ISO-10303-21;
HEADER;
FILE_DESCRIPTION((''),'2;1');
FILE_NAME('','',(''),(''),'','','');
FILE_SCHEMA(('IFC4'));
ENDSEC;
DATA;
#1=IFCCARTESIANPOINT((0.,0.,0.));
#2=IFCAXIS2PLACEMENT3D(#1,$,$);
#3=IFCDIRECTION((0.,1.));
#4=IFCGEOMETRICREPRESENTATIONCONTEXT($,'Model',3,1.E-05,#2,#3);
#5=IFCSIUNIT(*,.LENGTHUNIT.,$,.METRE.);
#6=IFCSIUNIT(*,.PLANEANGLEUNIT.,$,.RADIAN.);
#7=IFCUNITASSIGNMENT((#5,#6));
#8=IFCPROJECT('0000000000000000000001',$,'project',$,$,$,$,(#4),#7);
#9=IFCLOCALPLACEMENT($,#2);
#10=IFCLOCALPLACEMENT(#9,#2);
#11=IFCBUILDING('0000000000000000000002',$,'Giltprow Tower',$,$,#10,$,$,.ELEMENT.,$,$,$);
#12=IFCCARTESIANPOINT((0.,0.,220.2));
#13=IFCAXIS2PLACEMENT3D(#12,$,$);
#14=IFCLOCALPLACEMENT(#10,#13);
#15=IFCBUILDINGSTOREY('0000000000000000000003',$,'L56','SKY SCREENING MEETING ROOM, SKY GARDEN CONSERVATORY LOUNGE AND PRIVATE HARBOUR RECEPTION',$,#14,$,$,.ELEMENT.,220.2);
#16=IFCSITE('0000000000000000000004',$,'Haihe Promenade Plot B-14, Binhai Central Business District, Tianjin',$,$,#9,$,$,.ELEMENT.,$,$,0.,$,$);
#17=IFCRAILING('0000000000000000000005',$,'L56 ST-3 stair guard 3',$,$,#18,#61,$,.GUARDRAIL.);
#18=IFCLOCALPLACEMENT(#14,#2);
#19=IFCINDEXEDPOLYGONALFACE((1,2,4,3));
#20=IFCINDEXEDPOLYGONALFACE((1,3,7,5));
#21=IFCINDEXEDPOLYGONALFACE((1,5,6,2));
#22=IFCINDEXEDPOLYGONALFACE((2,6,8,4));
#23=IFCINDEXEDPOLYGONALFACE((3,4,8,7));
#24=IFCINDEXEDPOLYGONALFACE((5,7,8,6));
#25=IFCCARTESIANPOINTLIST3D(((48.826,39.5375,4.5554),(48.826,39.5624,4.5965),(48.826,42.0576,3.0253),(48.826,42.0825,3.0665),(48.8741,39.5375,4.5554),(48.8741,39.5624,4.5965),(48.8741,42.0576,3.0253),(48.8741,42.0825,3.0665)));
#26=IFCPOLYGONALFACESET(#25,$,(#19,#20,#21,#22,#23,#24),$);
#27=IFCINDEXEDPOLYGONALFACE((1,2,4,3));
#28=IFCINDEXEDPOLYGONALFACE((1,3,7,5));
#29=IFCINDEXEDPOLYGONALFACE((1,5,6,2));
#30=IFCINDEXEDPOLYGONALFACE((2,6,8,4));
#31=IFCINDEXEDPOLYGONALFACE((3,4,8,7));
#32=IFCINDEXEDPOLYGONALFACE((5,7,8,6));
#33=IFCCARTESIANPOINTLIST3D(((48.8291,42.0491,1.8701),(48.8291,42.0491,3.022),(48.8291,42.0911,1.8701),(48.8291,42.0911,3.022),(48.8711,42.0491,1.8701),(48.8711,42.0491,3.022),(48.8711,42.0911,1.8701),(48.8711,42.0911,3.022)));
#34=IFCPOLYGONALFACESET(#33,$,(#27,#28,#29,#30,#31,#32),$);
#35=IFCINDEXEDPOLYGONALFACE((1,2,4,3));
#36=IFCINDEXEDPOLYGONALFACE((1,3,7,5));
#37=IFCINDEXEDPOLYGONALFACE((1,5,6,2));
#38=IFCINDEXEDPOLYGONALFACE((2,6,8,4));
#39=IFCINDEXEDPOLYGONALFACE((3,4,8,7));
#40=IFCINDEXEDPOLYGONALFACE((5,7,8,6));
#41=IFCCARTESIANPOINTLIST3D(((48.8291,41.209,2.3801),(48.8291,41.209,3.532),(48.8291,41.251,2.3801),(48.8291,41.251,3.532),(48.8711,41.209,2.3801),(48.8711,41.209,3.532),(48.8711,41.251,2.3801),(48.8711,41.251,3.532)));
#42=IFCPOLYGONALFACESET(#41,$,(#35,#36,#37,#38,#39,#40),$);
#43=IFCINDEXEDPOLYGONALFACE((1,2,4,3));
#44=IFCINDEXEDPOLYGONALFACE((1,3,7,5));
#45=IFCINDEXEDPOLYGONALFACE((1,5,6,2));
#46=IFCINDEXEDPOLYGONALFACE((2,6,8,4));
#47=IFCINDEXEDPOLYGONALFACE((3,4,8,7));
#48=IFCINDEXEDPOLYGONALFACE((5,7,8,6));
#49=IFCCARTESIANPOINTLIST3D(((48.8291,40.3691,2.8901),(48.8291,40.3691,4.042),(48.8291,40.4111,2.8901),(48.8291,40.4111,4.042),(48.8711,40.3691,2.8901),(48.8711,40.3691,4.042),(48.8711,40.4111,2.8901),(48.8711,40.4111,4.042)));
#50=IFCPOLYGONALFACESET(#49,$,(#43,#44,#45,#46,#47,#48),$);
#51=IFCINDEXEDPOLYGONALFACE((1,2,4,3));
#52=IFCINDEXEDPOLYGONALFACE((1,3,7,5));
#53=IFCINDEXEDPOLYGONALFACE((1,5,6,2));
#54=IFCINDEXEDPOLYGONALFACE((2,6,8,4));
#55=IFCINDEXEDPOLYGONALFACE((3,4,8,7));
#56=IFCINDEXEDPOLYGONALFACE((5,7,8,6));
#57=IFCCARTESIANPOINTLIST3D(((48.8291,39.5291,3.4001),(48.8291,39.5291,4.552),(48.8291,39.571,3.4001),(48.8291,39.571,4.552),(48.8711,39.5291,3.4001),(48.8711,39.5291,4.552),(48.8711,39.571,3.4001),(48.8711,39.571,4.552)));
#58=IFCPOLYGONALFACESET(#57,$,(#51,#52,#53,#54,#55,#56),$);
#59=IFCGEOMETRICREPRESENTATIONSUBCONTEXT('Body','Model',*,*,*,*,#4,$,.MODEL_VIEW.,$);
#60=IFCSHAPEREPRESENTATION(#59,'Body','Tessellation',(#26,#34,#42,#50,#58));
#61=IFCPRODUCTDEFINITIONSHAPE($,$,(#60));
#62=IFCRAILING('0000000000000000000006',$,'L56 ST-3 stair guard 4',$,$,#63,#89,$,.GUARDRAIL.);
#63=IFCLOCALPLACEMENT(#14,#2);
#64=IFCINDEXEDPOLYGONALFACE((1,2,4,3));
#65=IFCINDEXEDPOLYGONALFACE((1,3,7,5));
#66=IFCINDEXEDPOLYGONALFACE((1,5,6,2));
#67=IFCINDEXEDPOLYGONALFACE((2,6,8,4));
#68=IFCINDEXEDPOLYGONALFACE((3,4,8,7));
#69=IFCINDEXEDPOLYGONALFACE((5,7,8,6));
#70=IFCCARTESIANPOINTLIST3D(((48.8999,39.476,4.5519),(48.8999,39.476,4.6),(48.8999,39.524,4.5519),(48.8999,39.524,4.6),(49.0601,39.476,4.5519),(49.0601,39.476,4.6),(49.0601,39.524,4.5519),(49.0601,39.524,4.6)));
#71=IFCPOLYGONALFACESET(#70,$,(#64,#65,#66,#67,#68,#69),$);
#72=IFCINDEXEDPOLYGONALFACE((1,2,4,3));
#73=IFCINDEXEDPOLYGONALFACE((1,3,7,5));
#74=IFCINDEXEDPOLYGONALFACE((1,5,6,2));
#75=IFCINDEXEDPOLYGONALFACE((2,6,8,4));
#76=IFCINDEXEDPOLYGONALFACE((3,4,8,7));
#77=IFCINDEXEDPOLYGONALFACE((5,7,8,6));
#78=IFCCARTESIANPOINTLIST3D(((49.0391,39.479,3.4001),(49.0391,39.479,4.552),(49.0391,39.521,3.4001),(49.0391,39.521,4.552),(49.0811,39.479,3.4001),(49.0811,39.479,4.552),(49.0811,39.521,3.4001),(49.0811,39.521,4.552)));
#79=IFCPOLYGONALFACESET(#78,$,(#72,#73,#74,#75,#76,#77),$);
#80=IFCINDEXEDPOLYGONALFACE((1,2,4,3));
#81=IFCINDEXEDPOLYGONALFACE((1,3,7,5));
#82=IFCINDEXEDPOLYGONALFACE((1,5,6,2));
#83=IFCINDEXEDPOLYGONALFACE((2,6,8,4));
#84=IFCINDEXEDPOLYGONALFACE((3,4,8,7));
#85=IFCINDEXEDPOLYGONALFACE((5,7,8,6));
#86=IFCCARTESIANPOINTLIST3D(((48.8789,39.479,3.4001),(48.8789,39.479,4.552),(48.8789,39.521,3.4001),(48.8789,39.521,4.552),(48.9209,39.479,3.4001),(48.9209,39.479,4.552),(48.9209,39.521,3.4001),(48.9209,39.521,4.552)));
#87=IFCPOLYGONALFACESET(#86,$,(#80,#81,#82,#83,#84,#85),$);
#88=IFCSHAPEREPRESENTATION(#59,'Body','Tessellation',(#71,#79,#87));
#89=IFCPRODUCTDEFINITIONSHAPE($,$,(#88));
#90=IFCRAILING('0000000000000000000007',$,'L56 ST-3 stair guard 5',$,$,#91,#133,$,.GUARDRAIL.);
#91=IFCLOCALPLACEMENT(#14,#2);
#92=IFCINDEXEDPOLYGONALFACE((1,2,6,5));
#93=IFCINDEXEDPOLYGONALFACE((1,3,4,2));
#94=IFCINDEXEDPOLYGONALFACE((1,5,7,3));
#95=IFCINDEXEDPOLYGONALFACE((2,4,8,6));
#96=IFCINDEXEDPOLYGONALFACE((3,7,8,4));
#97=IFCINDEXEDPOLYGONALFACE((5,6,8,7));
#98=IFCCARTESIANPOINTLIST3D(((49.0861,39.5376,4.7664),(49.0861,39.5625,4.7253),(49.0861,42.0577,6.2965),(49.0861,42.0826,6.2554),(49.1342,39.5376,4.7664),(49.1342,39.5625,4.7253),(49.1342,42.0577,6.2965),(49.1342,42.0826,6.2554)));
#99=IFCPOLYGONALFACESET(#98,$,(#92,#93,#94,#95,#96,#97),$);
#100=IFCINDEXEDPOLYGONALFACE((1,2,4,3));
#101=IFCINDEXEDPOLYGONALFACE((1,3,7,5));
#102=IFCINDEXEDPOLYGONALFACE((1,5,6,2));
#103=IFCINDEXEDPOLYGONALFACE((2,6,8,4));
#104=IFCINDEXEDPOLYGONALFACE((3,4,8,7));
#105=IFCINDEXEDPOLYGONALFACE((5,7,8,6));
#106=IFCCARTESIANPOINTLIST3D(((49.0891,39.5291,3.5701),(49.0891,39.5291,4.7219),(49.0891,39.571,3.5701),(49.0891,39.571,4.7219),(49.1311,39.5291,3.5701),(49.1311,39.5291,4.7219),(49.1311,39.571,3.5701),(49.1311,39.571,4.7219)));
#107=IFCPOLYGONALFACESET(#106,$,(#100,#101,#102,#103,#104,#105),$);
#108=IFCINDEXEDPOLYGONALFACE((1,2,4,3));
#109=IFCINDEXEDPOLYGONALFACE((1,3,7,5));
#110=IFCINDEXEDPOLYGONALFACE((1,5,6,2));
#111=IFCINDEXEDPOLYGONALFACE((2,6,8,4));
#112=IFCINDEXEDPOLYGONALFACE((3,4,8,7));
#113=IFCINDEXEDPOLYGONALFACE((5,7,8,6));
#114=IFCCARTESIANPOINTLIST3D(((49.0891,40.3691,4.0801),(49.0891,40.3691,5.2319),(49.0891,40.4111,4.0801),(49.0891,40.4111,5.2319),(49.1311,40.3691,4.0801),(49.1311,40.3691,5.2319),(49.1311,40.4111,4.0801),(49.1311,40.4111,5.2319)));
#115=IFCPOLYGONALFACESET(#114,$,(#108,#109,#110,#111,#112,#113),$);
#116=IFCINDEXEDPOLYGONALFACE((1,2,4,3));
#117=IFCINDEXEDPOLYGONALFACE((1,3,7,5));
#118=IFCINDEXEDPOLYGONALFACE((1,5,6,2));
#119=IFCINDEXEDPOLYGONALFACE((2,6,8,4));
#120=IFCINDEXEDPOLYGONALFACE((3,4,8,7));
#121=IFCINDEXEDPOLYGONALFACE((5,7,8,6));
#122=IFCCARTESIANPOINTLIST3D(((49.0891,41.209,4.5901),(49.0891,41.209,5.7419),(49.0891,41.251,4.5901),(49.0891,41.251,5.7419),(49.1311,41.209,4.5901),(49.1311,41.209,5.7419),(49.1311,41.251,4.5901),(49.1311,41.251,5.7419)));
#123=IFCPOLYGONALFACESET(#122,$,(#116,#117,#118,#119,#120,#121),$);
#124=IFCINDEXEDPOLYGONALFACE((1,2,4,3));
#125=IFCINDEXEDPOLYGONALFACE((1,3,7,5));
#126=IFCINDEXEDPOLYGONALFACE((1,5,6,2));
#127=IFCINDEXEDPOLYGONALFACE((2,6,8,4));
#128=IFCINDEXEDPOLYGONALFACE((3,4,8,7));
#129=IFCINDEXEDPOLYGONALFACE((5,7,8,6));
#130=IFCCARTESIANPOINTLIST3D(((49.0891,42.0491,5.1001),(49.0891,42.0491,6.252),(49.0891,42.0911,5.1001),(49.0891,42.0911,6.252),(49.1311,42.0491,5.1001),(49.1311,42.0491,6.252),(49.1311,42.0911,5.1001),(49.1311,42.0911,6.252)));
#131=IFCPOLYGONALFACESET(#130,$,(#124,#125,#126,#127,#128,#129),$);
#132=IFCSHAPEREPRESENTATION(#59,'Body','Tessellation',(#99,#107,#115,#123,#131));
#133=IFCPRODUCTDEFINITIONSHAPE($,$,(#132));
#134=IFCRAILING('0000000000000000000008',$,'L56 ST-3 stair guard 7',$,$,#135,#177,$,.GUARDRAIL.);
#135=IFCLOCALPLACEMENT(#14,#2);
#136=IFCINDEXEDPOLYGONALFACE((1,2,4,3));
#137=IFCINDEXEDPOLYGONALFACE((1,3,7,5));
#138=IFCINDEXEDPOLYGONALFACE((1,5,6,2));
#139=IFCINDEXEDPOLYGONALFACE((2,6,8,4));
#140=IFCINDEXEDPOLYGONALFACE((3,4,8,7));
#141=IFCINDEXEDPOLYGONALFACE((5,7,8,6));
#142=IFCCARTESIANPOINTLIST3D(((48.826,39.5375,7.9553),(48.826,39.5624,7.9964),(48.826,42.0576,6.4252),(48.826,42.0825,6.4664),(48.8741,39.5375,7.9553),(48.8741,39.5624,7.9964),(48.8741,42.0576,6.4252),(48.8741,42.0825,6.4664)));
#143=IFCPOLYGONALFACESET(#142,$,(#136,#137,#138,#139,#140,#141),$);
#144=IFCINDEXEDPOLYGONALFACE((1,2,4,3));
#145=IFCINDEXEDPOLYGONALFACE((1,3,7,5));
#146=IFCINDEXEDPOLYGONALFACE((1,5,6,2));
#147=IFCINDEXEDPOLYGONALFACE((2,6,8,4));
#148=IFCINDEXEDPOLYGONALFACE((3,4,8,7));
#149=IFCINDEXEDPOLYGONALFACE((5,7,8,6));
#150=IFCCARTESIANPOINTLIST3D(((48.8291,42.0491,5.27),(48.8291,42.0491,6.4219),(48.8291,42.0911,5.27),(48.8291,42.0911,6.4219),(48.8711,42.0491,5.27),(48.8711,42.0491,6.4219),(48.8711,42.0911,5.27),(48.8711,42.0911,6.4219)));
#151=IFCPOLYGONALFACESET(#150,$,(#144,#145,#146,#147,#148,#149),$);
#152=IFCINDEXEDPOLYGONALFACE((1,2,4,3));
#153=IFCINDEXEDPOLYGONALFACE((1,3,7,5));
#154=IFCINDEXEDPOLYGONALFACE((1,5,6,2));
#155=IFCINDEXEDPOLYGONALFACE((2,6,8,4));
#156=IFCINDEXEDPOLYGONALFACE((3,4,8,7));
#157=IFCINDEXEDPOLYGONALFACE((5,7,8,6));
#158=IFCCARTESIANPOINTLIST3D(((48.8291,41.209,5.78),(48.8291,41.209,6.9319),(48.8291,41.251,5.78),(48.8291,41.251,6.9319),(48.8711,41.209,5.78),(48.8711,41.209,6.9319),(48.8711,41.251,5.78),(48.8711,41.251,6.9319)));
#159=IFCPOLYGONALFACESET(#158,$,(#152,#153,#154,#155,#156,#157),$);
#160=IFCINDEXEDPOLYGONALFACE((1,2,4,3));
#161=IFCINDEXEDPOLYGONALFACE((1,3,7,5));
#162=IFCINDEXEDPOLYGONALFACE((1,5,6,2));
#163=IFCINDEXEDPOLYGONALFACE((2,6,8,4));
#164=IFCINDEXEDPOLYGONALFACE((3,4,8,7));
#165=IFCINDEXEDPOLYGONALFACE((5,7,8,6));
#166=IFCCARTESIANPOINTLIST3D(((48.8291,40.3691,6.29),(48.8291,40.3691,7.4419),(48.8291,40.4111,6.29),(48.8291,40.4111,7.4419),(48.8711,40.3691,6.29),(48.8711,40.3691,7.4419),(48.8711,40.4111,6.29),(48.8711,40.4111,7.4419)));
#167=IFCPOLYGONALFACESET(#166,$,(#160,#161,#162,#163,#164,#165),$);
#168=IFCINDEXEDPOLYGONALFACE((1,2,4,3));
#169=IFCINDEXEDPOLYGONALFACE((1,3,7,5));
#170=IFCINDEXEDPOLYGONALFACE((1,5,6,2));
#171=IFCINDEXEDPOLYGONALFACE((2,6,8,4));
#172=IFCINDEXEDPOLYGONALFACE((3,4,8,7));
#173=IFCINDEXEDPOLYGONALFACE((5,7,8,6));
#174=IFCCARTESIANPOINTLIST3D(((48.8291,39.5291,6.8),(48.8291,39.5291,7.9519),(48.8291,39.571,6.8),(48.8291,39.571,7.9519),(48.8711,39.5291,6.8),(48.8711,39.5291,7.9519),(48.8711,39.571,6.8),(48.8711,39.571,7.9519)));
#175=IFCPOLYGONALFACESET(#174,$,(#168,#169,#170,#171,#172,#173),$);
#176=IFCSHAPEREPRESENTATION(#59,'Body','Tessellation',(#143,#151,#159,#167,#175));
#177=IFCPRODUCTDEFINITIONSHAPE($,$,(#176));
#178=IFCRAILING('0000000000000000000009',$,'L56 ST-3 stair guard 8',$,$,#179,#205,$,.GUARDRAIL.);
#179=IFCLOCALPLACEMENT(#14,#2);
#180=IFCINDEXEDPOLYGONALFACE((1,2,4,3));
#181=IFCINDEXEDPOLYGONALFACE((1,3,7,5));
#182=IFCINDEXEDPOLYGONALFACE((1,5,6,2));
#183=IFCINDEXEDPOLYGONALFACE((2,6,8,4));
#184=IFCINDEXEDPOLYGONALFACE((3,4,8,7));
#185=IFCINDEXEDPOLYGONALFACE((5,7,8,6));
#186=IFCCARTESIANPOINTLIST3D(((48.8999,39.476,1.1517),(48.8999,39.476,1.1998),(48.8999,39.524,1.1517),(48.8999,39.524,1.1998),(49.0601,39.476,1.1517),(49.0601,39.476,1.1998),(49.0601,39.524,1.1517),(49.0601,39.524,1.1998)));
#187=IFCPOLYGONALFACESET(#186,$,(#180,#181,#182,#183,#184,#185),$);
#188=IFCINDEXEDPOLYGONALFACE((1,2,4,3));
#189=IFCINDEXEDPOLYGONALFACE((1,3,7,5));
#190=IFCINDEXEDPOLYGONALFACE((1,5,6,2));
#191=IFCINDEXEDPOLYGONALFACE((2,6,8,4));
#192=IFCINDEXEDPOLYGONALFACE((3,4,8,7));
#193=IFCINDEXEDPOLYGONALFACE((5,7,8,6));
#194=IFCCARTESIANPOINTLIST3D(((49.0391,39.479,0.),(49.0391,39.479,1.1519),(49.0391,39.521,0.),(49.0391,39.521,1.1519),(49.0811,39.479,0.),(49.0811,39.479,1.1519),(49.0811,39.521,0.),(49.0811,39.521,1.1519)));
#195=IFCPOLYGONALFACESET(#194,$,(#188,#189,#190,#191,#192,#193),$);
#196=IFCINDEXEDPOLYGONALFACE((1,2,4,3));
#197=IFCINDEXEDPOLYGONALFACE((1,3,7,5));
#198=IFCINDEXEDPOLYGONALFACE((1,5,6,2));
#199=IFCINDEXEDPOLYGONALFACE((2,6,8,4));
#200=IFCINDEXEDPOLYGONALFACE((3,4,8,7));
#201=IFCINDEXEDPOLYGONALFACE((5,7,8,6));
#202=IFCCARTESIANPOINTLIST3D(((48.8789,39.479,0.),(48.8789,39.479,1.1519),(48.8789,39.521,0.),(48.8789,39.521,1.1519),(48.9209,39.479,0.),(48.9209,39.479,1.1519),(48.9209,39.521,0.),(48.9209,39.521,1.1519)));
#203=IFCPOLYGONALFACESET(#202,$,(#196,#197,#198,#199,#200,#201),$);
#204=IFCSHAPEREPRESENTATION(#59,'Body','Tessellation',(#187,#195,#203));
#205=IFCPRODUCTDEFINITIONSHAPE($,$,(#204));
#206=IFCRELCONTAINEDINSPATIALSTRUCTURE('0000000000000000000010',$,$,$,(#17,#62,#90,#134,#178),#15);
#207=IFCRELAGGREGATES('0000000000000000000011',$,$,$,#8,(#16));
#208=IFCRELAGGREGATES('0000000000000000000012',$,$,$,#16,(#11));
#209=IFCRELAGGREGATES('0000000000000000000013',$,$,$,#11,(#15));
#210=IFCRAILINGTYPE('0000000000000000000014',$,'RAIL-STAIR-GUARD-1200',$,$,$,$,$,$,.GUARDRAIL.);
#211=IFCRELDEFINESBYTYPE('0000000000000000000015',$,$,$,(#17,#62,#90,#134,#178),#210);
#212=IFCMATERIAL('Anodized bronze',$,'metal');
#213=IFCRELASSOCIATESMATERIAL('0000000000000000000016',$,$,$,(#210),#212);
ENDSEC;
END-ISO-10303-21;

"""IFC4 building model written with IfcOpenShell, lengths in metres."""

from ifc_helpers import new_model, si_unit, direction, frame, origin, origin_2d, place, context, subcontext, project, spatial, rectangle, extrude, material, type_object, element, save


model = new_model("IFC4")

# Units and contexts
model_context = context("Model", 3, precision=1e-05, world=origin(), true_north=direction((0.0, 1.0)))
body_context = subcontext(model_context, "Body", "Model", "MODEL_VIEW")
ifc_project = project(units=[si_unit("LENGTHUNIT", "METRE"), si_unit("PLANEANGLEUNIT", "RADIAN")], contexts=[model_context])

# Site, building, storey
site_placement = place(None, origin())
site = spatial("IfcSite", under=ifc_project, at=site_placement, Name="Haihe Promenade Plot B-14, Binhai Central Business District, Tianjin", CompositionType="ELEMENT", RefElevation=0.0)
building_placement = place(site_placement, origin())
building = spatial("IfcBuilding", under=site, at=building_placement, Name="Giltprow Tower", CompositionType="ELEMENT")
storey_placement = place(building_placement, frame((0.0, 0.0, 220.2)))
storey = spatial("IfcBuildingStorey", under=building, at=storey_placement, Name="L56", Description="SKY SCREENING MEETING ROOM, SKY GARDEN CONSERVATORY LOUNGE AND PRIVATE HARBOUR RECEPTION", CompositionType="ELEMENT", Elevation=220.2)

# Railings
ifc_material_1 = material(Name="Anodized bronze", Category="metal")
railing_type_1 = type_object("IfcRailingType", Name="RAIL-STAIR-GUARD-1200", PredefinedType="GUARDRAIL", material=ifc_material_1)
railing_1_placement = place(storey_placement, frame((48.8501, 42.0701, 1.8701)))
element("IfcRailing", 1, at=railing_1_placement, inside=storey, type_object=railing_type_1, Name="L56 ST-3 stair guard 3", PredefinedType="GUARDRAIL", context=body_context, shape_type="SweptSolid", body=[
    extrude(rectangle(XDim=0.0481, YDim=0.0481, at=origin_2d()), frame((0.0, 0.0, 1.1758), z_axis=(0.0, -0.854785, 0.518982), x_axis=(1.0, 0.0, 0.0)), (0.0, 0.0, 1.0), 2.9482),
    extrude(rectangle(XDim=0.042, YDim=0.042, at=origin_2d()), origin(), (0.0, 0.0, 1.0), 1.1519),
    extrude(rectangle(XDim=0.042, YDim=0.042, at=origin_2d()), frame((0.0, -0.8401, 0.51)), (0.0, 0.0, 1.0), 1.1519),
    extrude(rectangle(XDim=0.042, YDim=0.042, at=origin_2d()), frame((0.0, -1.6799, 1.02)), (0.0, 0.0, 1.0), 1.1519),
    extrude(rectangle(XDim=0.042, YDim=0.042, at=origin_2d()), frame((0.0, -2.52, 1.53)), (0.0, 0.0, 1.0), 1.1519),
])
railing_2_placement = place(storey_placement, frame((49.0601, 39.5, 3.4001)))
element("IfcRailing", 2, at=railing_2_placement, inside=storey, type_object=railing_type_1, Name="L56 ST-3 stair guard 4", PredefinedType="GUARDRAIL", context=body_context, shape_type="SweptSolid", body=[
    extrude(rectangle(XDim=0.0481, YDim=0.0481, at=origin_2d()), frame((0.0, 0.0, 1.1758), z_axis=(-1.0, 0.0, 0.0), x_axis=(0.0, -1.0, 0.0)), (0.0, 0.0, 1.0), 0.1602),
    extrude(rectangle(XDim=0.042, YDim=0.042, at=origin_2d()), origin(), (0.0, 0.0, 1.0), 1.1519),
    extrude(rectangle(XDim=0.042, YDim=0.042, at=origin_2d()), frame((-0.1602, 0.0, 0.0)), (0.0, 0.0, 1.0), 1.1519),
])
railing_3_placement = place(storey_placement, frame((49.1101, 39.55, 3.5701)))
element("IfcRailing", 3, at=railing_3_placement, inside=storey, type_object=railing_type_1, Name="L56 ST-3 stair guard 5", PredefinedType="GUARDRAIL", context=body_context, shape_type="SweptSolid", body=[
    extrude(rectangle(XDim=0.0481, YDim=0.0481, at=origin_2d()), frame((0.0, 0.0, 1.1758), z_axis=(0.0, 0.854785, 0.518982), x_axis=(-1.0, 0.0, 0.0)), (0.0, 0.0, 1.0), 2.9482),
    extrude(rectangle(XDim=0.042, YDim=0.042, at=origin_2d()), origin(), (0.0, 0.0, 1.0), 1.1519),
    extrude(rectangle(XDim=0.042, YDim=0.042, at=origin_2d()), frame((0.0, 0.8401, 0.51)), (0.0, 0.0, 1.0), 1.1519),
    extrude(rectangle(XDim=0.042, YDim=0.042, at=origin_2d()), frame((0.0, 1.6799, 1.02)), (0.0, 0.0, 1.0), 1.1519),
    extrude(rectangle(XDim=0.042, YDim=0.042, at=origin_2d()), frame((0.0, 2.52, 1.53)), (0.0, 0.0, 1.0), 1.1519),
])
railing_4_placement = place(storey_placement, frame((48.8501, 42.0701, 5.27)))
element("IfcRailing", 4, at=railing_4_placement, inside=storey, type_object=railing_type_1, Name="L56 ST-3 stair guard 7", PredefinedType="GUARDRAIL", context=body_context, shape_type="SweptSolid", body=[
    extrude(rectangle(XDim=0.0481, YDim=0.0481, at=origin_2d()), frame((0.0, 0.0, 1.1758), z_axis=(0.0, -0.854785, 0.518982), x_axis=(1.0, 0.0, 0.0)), (0.0, 0.0, 1.0), 2.9482),
    extrude(rectangle(XDim=0.042, YDim=0.042, at=origin_2d()), origin(), (0.0, 0.0, 1.0), 1.1519),
    extrude(rectangle(XDim=0.042, YDim=0.042, at=origin_2d()), frame((0.0, -0.8401, 0.51)), (0.0, 0.0, 1.0), 1.1519),
    extrude(rectangle(XDim=0.042, YDim=0.042, at=origin_2d()), frame((0.0, -1.6799, 1.02)), (0.0, 0.0, 1.0), 1.1519),
    extrude(rectangle(XDim=0.042, YDim=0.042, at=origin_2d()), frame((0.0, -2.52, 1.53)), (0.0, 0.0, 1.0), 1.1519),
])
railing_5_placement = place(storey_placement, frame((49.0601, 39.5, 0.0)))
element("IfcRailing", 5, at=railing_5_placement, inside=storey, type_object=railing_type_1, Name="L56 ST-3 stair guard 8", PredefinedType="GUARDRAIL", context=body_context, shape_type="SweptSolid", body=[
    extrude(rectangle(XDim=0.0481, YDim=0.0481, at=origin_2d()), frame((0.0, 0.0, 1.1758), z_axis=(-1.0, 0.0, 0.0), x_axis=(0.0, -1.0, 0.0)), (0.0, 0.0, 1.0), 0.1602),
    extrude(rectangle(XDim=0.042, YDim=0.042, at=origin_2d()), origin(), (0.0, 0.0, 1.0), 1.1519),
    extrude(rectangle(XDim=0.042, YDim=0.042, at=origin_2d()), frame((-0.1602, 0.0, 0.0)), (0.0, 0.0, 1.0), 1.1519),
])

save(model, "model.ifc")
